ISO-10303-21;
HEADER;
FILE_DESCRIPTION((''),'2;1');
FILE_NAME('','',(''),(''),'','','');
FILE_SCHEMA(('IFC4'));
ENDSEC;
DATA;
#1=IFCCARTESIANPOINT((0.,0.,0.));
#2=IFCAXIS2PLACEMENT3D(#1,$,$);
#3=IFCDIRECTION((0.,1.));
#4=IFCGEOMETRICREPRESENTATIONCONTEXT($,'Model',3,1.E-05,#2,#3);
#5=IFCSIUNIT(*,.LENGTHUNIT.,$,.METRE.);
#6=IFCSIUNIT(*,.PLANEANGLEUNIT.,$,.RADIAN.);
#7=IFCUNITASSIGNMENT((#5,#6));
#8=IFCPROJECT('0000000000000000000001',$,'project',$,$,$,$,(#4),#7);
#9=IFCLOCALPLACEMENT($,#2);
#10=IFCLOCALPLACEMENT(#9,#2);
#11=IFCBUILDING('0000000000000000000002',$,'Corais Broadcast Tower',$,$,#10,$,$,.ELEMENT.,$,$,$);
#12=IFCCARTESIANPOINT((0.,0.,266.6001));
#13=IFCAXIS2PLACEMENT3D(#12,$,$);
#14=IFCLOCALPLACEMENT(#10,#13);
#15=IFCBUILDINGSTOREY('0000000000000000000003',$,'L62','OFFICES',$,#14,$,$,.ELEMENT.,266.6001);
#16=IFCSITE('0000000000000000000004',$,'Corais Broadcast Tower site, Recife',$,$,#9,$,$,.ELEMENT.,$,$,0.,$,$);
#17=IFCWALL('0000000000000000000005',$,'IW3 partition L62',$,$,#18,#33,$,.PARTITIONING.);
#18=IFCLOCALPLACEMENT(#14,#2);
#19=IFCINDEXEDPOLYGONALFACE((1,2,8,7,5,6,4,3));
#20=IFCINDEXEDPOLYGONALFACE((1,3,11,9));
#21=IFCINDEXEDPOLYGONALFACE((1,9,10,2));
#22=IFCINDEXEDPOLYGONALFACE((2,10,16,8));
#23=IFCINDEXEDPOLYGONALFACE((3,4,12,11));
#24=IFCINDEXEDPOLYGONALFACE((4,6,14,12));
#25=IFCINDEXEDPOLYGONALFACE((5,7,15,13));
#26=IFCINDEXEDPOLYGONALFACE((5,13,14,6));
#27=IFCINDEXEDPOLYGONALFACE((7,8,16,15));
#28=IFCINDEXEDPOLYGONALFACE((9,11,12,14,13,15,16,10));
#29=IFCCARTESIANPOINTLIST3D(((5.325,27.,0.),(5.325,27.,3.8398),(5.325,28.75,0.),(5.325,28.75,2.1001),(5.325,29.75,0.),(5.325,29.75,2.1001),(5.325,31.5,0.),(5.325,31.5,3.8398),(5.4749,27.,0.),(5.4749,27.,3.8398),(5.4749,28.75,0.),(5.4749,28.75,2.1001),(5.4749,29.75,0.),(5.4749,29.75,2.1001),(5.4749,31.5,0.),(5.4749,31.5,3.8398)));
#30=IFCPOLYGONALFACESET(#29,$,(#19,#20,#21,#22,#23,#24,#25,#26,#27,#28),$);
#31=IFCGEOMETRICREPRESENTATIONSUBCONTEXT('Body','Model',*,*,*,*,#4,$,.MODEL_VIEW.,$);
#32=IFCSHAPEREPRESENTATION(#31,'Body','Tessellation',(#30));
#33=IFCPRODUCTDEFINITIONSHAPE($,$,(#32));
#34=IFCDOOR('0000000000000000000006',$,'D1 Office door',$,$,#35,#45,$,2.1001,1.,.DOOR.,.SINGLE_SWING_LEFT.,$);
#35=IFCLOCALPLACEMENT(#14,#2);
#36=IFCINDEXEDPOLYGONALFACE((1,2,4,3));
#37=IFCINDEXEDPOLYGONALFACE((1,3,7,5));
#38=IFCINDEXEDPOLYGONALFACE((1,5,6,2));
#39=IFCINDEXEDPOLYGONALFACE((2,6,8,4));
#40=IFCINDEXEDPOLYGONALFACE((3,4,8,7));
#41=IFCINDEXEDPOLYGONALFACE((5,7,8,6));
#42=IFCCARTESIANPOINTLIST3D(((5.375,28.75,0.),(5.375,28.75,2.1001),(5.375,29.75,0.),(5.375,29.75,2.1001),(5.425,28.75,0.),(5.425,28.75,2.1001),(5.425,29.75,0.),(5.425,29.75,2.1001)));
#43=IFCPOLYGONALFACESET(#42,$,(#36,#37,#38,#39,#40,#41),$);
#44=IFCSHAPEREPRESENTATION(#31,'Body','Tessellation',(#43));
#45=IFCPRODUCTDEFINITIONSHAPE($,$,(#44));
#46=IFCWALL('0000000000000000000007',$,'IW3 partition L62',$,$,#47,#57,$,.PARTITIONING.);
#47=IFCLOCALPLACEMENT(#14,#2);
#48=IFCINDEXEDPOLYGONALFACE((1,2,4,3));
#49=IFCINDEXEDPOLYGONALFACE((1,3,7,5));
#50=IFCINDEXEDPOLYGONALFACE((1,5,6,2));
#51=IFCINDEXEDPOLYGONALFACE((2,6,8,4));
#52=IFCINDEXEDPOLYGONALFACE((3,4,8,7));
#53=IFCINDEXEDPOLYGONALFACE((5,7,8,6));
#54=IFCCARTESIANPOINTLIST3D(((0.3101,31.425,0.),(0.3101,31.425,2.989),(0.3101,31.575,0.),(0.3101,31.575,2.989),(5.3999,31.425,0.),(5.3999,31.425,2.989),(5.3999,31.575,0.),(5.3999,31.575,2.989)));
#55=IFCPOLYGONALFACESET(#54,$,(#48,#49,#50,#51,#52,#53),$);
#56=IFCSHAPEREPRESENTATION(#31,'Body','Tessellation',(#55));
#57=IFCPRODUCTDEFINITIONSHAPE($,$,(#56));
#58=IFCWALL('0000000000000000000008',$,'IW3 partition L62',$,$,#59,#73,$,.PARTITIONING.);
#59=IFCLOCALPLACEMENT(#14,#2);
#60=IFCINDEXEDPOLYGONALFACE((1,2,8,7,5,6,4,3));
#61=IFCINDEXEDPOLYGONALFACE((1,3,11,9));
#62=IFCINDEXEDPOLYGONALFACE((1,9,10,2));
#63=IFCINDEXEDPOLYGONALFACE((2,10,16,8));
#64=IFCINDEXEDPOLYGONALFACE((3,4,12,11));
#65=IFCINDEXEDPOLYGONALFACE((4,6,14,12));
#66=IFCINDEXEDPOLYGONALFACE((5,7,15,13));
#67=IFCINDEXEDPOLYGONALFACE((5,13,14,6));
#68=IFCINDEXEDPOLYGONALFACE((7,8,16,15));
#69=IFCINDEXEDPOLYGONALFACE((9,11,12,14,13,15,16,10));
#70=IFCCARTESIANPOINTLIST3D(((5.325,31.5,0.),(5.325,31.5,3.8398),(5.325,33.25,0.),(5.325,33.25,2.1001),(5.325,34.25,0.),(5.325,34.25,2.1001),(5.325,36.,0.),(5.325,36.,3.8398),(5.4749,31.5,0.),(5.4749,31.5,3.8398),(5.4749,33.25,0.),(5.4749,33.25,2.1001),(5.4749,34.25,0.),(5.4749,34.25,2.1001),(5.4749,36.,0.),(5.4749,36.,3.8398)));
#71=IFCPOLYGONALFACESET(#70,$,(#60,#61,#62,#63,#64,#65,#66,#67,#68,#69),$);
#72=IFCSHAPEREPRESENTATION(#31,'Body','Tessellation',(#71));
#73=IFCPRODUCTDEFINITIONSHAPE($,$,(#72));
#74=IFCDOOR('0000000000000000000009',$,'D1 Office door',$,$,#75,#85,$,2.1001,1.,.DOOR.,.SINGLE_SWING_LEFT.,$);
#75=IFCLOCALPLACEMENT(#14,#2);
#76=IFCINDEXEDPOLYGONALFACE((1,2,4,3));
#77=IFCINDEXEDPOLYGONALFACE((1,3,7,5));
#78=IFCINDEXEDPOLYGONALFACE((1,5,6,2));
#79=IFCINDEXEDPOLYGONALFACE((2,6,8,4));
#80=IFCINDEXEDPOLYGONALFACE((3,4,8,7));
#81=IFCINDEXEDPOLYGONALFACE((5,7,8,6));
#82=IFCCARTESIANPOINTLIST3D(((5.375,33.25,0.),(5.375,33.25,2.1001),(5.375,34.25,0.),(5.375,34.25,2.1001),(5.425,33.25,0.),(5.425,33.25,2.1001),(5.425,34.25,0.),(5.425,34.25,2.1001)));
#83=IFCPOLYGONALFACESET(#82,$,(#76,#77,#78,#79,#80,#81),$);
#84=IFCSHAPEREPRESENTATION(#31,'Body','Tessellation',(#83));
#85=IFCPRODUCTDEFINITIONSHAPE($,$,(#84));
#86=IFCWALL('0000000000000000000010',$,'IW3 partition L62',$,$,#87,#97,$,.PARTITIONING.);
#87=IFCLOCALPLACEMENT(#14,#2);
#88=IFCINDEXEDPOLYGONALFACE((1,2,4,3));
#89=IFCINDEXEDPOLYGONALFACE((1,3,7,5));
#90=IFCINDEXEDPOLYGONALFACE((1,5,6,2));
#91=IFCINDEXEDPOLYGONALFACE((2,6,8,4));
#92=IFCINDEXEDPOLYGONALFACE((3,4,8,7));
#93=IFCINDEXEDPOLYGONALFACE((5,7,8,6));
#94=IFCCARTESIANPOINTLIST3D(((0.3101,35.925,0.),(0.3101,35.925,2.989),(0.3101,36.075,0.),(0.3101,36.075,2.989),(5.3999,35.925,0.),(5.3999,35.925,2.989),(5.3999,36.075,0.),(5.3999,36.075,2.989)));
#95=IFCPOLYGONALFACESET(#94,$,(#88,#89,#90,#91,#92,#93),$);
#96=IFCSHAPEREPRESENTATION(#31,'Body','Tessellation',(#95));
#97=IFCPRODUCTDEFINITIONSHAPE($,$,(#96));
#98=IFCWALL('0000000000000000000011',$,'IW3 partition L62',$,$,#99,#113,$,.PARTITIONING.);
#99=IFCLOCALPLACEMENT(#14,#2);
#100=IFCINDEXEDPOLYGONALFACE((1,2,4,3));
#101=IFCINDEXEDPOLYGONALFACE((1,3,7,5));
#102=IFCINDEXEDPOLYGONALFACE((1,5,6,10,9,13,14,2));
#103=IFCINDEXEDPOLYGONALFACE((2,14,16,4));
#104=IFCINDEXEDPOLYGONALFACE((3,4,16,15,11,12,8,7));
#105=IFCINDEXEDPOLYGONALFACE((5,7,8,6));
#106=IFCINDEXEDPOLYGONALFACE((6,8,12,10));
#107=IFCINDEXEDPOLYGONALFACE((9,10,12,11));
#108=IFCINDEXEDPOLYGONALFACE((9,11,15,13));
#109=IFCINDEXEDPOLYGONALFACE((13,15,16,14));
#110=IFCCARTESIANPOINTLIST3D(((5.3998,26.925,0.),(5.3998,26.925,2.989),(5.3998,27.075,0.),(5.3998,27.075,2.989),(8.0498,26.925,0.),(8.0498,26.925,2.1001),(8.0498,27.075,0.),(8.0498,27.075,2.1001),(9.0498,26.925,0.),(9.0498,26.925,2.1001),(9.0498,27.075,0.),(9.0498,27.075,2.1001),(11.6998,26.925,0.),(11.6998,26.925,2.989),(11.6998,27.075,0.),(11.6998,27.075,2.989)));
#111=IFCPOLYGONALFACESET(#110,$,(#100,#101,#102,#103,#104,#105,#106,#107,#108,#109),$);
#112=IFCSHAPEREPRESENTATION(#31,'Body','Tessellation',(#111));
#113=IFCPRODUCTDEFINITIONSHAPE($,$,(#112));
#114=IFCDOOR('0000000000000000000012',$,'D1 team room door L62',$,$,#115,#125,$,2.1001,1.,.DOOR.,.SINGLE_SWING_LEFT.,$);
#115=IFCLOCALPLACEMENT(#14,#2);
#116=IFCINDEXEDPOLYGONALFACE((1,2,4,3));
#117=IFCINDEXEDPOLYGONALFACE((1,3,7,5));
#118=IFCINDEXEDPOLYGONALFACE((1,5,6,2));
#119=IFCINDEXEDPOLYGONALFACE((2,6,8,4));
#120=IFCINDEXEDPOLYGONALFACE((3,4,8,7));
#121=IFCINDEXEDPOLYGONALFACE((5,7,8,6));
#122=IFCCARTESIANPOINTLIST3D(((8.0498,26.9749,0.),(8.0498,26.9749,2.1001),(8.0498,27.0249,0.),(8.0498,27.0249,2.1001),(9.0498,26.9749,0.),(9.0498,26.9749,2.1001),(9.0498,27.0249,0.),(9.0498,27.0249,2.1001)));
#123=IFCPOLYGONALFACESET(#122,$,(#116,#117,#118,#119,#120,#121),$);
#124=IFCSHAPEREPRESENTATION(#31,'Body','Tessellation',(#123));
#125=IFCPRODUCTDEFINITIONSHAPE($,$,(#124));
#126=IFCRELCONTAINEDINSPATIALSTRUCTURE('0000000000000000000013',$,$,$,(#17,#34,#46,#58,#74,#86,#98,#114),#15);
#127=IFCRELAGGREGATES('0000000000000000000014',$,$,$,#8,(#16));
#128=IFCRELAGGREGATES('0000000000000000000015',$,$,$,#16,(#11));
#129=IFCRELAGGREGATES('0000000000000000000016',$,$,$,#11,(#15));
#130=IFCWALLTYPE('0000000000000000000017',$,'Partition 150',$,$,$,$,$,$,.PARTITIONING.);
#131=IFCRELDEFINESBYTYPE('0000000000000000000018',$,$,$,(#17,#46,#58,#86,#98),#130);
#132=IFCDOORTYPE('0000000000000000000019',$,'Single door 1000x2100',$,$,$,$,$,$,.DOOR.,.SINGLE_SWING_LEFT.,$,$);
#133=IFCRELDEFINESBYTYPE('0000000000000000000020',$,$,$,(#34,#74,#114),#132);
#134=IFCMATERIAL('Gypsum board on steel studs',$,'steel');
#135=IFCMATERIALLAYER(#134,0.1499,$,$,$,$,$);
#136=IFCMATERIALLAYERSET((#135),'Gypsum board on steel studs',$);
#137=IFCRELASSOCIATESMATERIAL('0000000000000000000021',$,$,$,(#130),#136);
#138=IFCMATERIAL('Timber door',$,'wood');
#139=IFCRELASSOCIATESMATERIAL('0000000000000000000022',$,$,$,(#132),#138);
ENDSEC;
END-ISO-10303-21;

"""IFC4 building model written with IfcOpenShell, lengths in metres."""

from ifc_helpers import new_model, si_unit, direction, frame, frame_2d, origin, place, context, subcontext, project, spatial, rectangle, extrude, material, layer, layer_set, type_object, element, fill, save


model = new_model("IFC4")

# Units and contexts
model_context = context("Model", 3, precision=1e-05, world=origin(), true_north=direction((0.0, 1.0)))
body_context = subcontext(model_context, "Body", "Model", "MODEL_VIEW")
ifc_project = project(units=[si_unit("LENGTHUNIT", "METRE"), si_unit("PLANEANGLEUNIT", "RADIAN")], contexts=[model_context])

# Site, building, storey
site_placement = place(None, origin())
site = spatial("IfcSite", under=ifc_project, at=site_placement, Name="Corais Broadcast Tower site, Recife", CompositionType="ELEMENT", RefElevation=0.0)
building_placement = place(site_placement, origin())
building = spatial("IfcBuilding", under=site, at=building_placement, Name="Corais Broadcast Tower", CompositionType="ELEMENT")
storey_placement = place(building_placement, frame((0.0, 0.0, 266.6001)))
storey = spatial("IfcBuildingStorey", under=building, at=storey_placement, Name="L62", Description="OFFICES", CompositionType="ELEMENT", Elevation=266.6001)

# Shared definitions
ifc_material_1 = material(Name="Gypsum board on steel studs", Category="steel")
ifc_layer_1 = layer(ifc_material_1, 0.1499)
ifc_layer_set_1 = layer_set([ifc_layer_1], Name="Gypsum board on steel studs")
wall_type_1 = type_object("IfcWallType", Name="Partition 150", PredefinedType="PARTITIONING", material=ifc_layer_set_1)

# Wall, opening, door
wall_1_placement = place(storey_placement, frame((5.3999, 27.0, 0.0), z_axis=(0.0, 0.0, 1.0), x_axis=(0.0, 1.0, 0.0)))
wall_1 = element("IfcWall", 1, at=wall_1_placement, inside=storey, type_object=wall_type_1, Name="IW3 partition L62", PredefinedType="PARTITIONING", context=body_context, shape_type="SweptSolid", body=[
    extrude(rectangle(XDim=4.5, YDim=0.1499, at=frame_2d((2.25, 0.0))), origin(), (0.0, 0.0, 1.0), 3.8398),
])
opening_1_placement = place(wall_1_placement, frame((1.75, 0.0, 0.0)))
opening_1 = element("IfcOpeningElement", 2, at=opening_1_placement, cuts=wall_1, PredefinedType="OPENING", context=body_context, shape_type="SweptSolid", body=[
    extrude(rectangle(XDim=1.0, YDim=2.1001, at=frame_2d((0.5, 1.05))), frame((0.0, 0.085, 0.0), z_axis=(0.0, -1.0, 0.0), x_axis=(1.0, 0.0, 0.0)), (0.0, 0.0, 1.0), 0.1699),
])
ifc_material_2 = material(Name="Timber door", Category="wood")
door_type_1 = type_object("IfcDoorType", Name="Single door 1000x2100", OperationType="SINGLE_SWING_LEFT", PredefinedType="DOOR", material=ifc_material_2)
door_1_placement = place(opening_1_placement, origin())
door_1 = element("IfcDoor", 3, at=door_1_placement, inside=storey, type_object=door_type_1, Name="D1 Office door", OperationType="SINGLE_SWING_LEFT", OverallHeight=2.1001, OverallWidth=1.0, PredefinedType="DOOR", context=body_context, shape_type="SweptSolid", body=[
    extrude(rectangle(XDim=1.0, YDim=2.1001, at=frame_2d((0.5, 1.05))), frame((0.0, 0.0249, 0.0), z_axis=(0.0, -1.0, 0.0), x_axis=(1.0, 0.0, 0.0)), (0.0, 0.0, 1.0), 0.05),
])
fill(opening_1, door_1)

# Wall
wall_2_placement = place(storey_placement, frame((5.3999, 31.5, 0.0), z_axis=(0.0, 0.0, 1.0), x_axis=(-1.0, 0.0, 0.0)))
element("IfcWall", 4, at=wall_2_placement, inside=storey, type_object=wall_type_1, Name="IW3 partition L62", PredefinedType="PARTITIONING", context=body_context, shape_type="SweptSolid", body=[
    extrude(rectangle(XDim=5.0898, YDim=0.1499, at=frame_2d((2.5449, 0.0))), origin(), (0.0, 0.0, 1.0), 2.989),
])

# Wall, opening, door
wall_3_placement = place(storey_placement, frame((5.3999, 31.5, 0.0), z_axis=(0.0, 0.0, 1.0), x_axis=(0.0, 1.0, 0.0)))
wall_3 = element("IfcWall", 5, at=wall_3_placement, inside=storey, type_object=wall_type_1, Name="IW3 partition L62", PredefinedType="PARTITIONING", context=body_context, shape_type="SweptSolid", body=[
    extrude(rectangle(XDim=4.5, YDim=0.1499, at=frame_2d((2.25, 0.0))), origin(), (0.0, 0.0, 1.0), 3.8398),
])
opening_2_placement = place(wall_3_placement, frame((1.75, 0.0, 0.0)))
opening_2 = element("IfcOpeningElement", 6, at=opening_2_placement, cuts=wall_3, PredefinedType="OPENING", context=body_context, shape_type="SweptSolid", body=[
    extrude(rectangle(XDim=1.0, YDim=2.1001, at=frame_2d((0.5, 1.05))), frame((0.0, 0.085, 0.0), z_axis=(0.0, -1.0, 0.0), x_axis=(1.0, 0.0, 0.0)), (0.0, 0.0, 1.0), 0.1699),
])
door_2_placement = place(opening_2_placement, origin())
door_2 = element("IfcDoor", 7, at=door_2_placement, inside=storey, type_object=door_type_1, Name="D1 Office door", OperationType="SINGLE_SWING_LEFT", OverallHeight=2.1001, OverallWidth=1.0, PredefinedType="DOOR", context=body_context, shape_type="SweptSolid", body=[
    extrude(rectangle(XDim=1.0, YDim=2.1001, at=frame_2d((0.5, 1.05))), frame((0.0, 0.0249, 0.0), z_axis=(0.0, -1.0, 0.0), x_axis=(1.0, 0.0, 0.0)), (0.0, 0.0, 1.0), 0.05),
])
fill(opening_2, door_2)

# Wall
wall_4_placement = place(storey_placement, frame((5.3999, 36.0, 0.0), z_axis=(0.0, 0.0, 1.0), x_axis=(-1.0, 0.0, 0.0)))
element("IfcWall", 8, at=wall_4_placement, inside=storey, type_object=wall_type_1, Name="IW3 partition L62", PredefinedType="PARTITIONING", context=body_context, shape_type="SweptSolid", body=[
    extrude(rectangle(XDim=5.0898, YDim=0.1499, at=frame_2d((2.5449, 0.0))), origin(), (0.0, 0.0, 1.0), 2.989),
])

# Wall, opening, door
wall_5_placement = place(storey_placement, frame((5.3999, 27.0, 0.0), z_axis=(0.0, 0.0, 1.0), x_axis=(1.0, 0.0, 0.0)))
wall_5 = element("IfcWall", 9, at=wall_5_placement, inside=storey, type_object=wall_type_1, Name="IW3 partition L62", PredefinedType="PARTITIONING", context=body_context, shape_type="SweptSolid", body=[
    extrude(rectangle(XDim=6.3, YDim=0.1499, at=frame_2d((3.1499, 0.0))), origin(), (0.0, 0.0, 1.0), 2.989),
])
opening_3_placement = place(wall_5_placement, frame((2.6499, 0.0, 0.0)))
opening_3 = element("IfcOpeningElement", 10, at=opening_3_placement, cuts=wall_5, PredefinedType="OPENING", context=body_context, shape_type="SweptSolid", body=[
    extrude(rectangle(XDim=1.0, YDim=2.1001, at=frame_2d((0.5, 1.05))), frame((0.0, 0.085, 0.0), z_axis=(0.0, -1.0, 0.0), x_axis=(1.0, 0.0, 0.0)), (0.0, 0.0, 1.0), 0.1699),
])
door_3_placement = place(opening_3_placement, origin())
door_3 = element("IfcDoor", 11, at=door_3_placement, inside=storey, type_object=door_type_1, Name="D1 team room door L62", OperationType="SINGLE_SWING_LEFT", OverallHeight=2.1001, OverallWidth=1.0, PredefinedType="DOOR", context=body_context, shape_type="SweptSolid", body=[
    extrude(rectangle(XDim=1.0, YDim=2.1001, at=frame_2d((0.5, 1.05))), frame((0.0, 0.0249, 0.0), z_axis=(0.0, -1.0, 0.0), x_axis=(1.0, 0.0, 0.0)), (0.0, 0.0, 1.0), 0.05),
])
fill(opening_3, door_3)

save(model, "model.ifc")
